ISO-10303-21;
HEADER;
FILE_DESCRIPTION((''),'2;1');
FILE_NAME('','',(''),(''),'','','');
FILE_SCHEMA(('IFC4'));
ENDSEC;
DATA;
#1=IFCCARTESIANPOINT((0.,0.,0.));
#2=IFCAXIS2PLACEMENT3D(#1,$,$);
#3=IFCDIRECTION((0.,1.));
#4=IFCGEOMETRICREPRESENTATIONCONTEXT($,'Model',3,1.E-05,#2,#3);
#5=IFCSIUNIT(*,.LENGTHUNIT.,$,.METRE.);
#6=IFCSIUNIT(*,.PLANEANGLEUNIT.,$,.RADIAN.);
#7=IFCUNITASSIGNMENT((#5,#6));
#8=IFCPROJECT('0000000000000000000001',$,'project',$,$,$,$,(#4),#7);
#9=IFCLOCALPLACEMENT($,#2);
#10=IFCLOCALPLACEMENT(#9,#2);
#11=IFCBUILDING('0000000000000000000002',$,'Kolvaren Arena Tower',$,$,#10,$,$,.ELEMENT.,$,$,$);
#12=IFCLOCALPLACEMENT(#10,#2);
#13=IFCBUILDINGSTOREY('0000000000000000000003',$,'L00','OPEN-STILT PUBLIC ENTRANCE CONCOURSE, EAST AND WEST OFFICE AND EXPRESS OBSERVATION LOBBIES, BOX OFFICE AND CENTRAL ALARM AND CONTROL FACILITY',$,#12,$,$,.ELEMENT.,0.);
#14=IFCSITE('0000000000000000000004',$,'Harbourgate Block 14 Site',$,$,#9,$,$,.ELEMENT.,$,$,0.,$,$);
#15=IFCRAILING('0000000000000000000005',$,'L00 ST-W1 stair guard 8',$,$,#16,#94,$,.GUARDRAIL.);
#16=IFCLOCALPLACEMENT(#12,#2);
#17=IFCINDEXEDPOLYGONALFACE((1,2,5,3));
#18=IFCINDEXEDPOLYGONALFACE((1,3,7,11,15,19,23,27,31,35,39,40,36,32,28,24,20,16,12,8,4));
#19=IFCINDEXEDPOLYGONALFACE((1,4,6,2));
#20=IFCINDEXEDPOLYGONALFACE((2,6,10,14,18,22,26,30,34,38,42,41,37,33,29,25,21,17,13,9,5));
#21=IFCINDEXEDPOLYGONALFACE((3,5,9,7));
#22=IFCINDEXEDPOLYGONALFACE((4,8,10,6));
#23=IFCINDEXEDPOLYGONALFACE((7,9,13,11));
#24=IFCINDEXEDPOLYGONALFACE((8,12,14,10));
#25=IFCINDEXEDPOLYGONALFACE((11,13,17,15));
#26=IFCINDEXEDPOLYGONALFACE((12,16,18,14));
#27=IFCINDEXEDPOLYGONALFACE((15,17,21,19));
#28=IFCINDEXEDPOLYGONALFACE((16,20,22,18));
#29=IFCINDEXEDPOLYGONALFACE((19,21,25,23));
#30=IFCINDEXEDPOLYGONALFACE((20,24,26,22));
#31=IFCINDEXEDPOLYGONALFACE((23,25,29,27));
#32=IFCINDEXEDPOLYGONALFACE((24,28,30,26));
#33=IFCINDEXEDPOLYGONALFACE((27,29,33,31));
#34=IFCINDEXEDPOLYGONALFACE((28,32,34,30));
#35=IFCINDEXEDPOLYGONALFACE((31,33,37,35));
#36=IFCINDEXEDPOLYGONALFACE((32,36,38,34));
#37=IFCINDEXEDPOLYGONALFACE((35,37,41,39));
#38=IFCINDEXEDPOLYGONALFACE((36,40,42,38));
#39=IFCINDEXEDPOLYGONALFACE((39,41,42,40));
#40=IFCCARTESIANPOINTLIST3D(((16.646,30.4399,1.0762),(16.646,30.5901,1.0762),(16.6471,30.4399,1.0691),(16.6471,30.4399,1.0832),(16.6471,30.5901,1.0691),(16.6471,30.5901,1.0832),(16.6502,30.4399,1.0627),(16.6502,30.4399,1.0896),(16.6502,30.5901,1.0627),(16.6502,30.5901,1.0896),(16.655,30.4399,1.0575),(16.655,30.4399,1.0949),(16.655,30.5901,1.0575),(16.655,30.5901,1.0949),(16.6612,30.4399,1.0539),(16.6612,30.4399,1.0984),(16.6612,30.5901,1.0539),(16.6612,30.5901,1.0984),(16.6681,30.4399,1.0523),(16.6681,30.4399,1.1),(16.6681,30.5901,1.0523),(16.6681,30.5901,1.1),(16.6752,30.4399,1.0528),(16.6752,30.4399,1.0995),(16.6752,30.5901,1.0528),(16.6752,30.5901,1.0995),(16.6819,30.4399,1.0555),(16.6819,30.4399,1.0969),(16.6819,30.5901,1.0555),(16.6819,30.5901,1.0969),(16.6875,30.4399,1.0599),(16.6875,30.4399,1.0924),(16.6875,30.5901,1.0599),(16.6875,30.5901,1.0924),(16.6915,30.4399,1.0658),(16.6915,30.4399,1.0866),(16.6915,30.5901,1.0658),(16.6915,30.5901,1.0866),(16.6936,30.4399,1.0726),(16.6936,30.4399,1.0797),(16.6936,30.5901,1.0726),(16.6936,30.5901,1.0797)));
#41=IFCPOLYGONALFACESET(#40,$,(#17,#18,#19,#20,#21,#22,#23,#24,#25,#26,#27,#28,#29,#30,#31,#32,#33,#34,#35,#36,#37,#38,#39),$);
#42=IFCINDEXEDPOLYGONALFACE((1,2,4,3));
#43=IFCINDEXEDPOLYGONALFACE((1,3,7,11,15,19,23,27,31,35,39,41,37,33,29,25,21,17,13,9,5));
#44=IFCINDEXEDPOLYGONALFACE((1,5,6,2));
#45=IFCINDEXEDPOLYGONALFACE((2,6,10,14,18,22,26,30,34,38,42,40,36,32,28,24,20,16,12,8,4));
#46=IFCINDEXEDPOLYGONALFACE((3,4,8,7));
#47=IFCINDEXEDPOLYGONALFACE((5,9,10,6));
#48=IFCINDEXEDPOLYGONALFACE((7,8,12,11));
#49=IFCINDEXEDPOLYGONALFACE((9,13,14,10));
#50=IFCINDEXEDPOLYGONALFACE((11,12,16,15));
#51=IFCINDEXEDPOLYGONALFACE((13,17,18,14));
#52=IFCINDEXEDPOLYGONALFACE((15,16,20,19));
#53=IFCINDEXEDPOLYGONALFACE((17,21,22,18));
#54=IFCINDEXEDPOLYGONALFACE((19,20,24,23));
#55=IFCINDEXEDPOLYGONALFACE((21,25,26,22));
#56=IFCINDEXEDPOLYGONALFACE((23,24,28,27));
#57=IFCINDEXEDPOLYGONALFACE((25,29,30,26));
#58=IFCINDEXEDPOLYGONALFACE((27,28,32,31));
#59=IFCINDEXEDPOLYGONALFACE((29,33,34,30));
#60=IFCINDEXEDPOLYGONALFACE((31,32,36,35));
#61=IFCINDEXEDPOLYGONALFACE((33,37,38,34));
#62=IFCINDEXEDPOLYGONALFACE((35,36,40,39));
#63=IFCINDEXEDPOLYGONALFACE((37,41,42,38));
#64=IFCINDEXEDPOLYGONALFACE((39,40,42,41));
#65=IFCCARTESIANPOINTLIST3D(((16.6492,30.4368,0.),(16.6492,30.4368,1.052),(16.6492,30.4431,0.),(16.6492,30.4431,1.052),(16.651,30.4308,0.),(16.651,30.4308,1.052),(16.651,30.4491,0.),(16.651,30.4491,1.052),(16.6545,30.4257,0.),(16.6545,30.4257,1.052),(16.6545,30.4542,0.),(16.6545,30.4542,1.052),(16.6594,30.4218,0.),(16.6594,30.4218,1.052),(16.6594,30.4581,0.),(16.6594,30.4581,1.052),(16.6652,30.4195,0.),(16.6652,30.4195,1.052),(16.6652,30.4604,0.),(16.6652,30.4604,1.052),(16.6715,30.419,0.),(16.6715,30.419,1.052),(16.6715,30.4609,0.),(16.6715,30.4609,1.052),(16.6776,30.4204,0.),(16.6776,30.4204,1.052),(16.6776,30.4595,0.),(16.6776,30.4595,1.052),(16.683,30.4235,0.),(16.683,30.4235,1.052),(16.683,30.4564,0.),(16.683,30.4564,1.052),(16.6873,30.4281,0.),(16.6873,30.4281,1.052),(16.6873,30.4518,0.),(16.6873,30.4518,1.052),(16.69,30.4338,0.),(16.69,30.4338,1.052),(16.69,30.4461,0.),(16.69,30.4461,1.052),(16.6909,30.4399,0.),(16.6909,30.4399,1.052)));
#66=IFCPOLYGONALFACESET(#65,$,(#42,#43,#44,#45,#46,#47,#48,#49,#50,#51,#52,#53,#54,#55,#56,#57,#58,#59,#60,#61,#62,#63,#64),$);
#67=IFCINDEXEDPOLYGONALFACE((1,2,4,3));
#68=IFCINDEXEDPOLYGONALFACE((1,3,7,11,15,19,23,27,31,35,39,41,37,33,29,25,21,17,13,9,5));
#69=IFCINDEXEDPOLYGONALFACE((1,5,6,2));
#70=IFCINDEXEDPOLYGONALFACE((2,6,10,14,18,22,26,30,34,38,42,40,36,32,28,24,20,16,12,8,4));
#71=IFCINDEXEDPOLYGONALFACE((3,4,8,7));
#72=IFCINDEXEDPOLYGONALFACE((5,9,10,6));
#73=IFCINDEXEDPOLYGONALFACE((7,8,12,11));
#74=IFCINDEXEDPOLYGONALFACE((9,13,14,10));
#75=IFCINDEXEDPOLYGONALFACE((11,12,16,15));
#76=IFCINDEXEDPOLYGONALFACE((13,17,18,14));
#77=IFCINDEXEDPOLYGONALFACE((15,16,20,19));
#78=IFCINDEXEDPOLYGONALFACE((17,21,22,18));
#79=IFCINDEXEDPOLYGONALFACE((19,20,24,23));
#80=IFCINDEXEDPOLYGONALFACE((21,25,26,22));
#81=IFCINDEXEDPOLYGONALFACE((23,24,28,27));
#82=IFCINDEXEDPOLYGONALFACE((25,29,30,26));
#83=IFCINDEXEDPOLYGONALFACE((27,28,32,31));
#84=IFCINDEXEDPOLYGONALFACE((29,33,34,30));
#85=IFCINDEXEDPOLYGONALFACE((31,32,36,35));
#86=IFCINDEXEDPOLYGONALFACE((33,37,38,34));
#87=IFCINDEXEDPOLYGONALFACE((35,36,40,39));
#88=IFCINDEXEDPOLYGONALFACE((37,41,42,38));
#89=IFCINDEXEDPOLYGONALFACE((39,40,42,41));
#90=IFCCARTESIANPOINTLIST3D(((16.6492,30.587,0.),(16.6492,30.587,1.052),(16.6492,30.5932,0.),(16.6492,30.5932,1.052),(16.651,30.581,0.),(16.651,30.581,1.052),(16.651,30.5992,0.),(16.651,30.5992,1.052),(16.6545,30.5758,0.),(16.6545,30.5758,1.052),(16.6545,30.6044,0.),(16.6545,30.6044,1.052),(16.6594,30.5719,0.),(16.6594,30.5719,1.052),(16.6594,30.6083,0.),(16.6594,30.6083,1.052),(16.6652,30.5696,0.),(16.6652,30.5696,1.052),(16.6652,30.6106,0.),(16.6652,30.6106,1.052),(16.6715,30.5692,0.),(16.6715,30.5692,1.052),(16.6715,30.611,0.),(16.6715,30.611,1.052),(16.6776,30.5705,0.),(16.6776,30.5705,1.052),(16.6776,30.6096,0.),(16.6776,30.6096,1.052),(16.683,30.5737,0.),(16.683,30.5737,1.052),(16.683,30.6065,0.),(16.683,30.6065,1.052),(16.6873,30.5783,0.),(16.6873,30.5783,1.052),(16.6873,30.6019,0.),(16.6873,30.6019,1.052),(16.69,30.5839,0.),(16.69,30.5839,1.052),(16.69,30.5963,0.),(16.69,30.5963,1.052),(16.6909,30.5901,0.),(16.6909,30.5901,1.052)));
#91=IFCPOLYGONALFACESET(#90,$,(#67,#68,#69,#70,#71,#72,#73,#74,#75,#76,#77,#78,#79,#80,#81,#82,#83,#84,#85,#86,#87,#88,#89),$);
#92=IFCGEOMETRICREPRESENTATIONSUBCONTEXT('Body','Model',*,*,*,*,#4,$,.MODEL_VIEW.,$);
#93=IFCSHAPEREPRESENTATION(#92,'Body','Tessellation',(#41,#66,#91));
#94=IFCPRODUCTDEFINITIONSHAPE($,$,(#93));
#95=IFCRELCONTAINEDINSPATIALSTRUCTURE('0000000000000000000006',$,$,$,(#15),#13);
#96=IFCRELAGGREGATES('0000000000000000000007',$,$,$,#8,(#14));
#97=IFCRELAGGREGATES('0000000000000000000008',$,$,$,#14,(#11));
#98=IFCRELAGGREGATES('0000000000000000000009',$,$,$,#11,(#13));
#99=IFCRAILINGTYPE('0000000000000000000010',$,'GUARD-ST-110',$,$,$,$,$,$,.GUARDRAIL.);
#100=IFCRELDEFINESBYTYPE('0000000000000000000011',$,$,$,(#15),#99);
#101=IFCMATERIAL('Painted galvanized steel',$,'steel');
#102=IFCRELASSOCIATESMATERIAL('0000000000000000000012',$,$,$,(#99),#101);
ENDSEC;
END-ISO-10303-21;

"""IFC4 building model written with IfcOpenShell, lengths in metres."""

from ifc_helpers import new_model, si_unit, direction, frame, origin, origin_2d, place, context, subcontext, project, spatial, circle, extrude, material, type_object, element, save


model = new_model("IFC4")

# Units and contexts
model_context = context("Model", 3, precision=1e-05, world=origin(), true_north=direction((0.0, 1.0)))
body_context = subcontext(model_context, "Body", "Model", "MODEL_VIEW")
ifc_project = project(units=[si_unit("LENGTHUNIT", "METRE"), si_unit("PLANEANGLEUNIT", "RADIAN")], contexts=[model_context])

# Site, building, storey
site_placement = place(None, origin())
site = spatial("IfcSite", under=ifc_project, at=site_placement, Name="Harbourgate Block 14 Site", CompositionType="ELEMENT", RefElevation=0.0)
building_placement = place(site_placement, origin())
building = spatial("IfcBuilding", under=site, at=building_placement, Name="Kolvaren Arena Tower", CompositionType="ELEMENT")
storey_placement = place(building_placement, origin())
storey = spatial("IfcBuildingStorey", under=building, at=storey_placement, Name="L00", Description="OPEN-STILT PUBLIC ENTRANCE CONCOURSE, EAST AND WEST OFFICE AND EXPRESS OBSERVATION LOBBIES, BOX OFFICE AND CENTRAL ALARM AND CONTROL FACILITY", CompositionType="ELEMENT", Elevation=0.0)

# Railing
ifc_material_1 = material(Name="Painted galvanized steel", Category="steel")
railing_type_1 = type_object("IfcRailingType", Name="GUARD-ST-110", PredefinedType="GUARDRAIL", material=ifc_material_1)
railing_1_placement = place(storey_placement, frame((16.6699, 30.4399, 0.0)))
element("IfcRailing", 1, at=railing_1_placement, inside=storey, type_object=railing_type_1, Name="L00 ST-W1 stair guard 8", PredefinedType="GUARDRAIL", context=body_context, shape_type="SweptSolid", body=[
    extrude(circle(Radius=0.0239, at=origin_2d()), frame((0.0, 0.0, 1.0762), z_axis=(0.0, 1.0, 0.0), x_axis=(-1.0, 0.0, 0.0)), (0.0, 0.0, 1.0), 0.1501),
    extrude(circle(Radius=0.021, at=origin_2d()), origin(), (0.0, 0.0, 1.0), 1.052),
    extrude(circle(Radius=0.021, at=origin_2d()), frame((0.0, 0.1501, 0.0)), (0.0, 0.0, 1.0), 1.052),
])

save(model, "model.ifc")
